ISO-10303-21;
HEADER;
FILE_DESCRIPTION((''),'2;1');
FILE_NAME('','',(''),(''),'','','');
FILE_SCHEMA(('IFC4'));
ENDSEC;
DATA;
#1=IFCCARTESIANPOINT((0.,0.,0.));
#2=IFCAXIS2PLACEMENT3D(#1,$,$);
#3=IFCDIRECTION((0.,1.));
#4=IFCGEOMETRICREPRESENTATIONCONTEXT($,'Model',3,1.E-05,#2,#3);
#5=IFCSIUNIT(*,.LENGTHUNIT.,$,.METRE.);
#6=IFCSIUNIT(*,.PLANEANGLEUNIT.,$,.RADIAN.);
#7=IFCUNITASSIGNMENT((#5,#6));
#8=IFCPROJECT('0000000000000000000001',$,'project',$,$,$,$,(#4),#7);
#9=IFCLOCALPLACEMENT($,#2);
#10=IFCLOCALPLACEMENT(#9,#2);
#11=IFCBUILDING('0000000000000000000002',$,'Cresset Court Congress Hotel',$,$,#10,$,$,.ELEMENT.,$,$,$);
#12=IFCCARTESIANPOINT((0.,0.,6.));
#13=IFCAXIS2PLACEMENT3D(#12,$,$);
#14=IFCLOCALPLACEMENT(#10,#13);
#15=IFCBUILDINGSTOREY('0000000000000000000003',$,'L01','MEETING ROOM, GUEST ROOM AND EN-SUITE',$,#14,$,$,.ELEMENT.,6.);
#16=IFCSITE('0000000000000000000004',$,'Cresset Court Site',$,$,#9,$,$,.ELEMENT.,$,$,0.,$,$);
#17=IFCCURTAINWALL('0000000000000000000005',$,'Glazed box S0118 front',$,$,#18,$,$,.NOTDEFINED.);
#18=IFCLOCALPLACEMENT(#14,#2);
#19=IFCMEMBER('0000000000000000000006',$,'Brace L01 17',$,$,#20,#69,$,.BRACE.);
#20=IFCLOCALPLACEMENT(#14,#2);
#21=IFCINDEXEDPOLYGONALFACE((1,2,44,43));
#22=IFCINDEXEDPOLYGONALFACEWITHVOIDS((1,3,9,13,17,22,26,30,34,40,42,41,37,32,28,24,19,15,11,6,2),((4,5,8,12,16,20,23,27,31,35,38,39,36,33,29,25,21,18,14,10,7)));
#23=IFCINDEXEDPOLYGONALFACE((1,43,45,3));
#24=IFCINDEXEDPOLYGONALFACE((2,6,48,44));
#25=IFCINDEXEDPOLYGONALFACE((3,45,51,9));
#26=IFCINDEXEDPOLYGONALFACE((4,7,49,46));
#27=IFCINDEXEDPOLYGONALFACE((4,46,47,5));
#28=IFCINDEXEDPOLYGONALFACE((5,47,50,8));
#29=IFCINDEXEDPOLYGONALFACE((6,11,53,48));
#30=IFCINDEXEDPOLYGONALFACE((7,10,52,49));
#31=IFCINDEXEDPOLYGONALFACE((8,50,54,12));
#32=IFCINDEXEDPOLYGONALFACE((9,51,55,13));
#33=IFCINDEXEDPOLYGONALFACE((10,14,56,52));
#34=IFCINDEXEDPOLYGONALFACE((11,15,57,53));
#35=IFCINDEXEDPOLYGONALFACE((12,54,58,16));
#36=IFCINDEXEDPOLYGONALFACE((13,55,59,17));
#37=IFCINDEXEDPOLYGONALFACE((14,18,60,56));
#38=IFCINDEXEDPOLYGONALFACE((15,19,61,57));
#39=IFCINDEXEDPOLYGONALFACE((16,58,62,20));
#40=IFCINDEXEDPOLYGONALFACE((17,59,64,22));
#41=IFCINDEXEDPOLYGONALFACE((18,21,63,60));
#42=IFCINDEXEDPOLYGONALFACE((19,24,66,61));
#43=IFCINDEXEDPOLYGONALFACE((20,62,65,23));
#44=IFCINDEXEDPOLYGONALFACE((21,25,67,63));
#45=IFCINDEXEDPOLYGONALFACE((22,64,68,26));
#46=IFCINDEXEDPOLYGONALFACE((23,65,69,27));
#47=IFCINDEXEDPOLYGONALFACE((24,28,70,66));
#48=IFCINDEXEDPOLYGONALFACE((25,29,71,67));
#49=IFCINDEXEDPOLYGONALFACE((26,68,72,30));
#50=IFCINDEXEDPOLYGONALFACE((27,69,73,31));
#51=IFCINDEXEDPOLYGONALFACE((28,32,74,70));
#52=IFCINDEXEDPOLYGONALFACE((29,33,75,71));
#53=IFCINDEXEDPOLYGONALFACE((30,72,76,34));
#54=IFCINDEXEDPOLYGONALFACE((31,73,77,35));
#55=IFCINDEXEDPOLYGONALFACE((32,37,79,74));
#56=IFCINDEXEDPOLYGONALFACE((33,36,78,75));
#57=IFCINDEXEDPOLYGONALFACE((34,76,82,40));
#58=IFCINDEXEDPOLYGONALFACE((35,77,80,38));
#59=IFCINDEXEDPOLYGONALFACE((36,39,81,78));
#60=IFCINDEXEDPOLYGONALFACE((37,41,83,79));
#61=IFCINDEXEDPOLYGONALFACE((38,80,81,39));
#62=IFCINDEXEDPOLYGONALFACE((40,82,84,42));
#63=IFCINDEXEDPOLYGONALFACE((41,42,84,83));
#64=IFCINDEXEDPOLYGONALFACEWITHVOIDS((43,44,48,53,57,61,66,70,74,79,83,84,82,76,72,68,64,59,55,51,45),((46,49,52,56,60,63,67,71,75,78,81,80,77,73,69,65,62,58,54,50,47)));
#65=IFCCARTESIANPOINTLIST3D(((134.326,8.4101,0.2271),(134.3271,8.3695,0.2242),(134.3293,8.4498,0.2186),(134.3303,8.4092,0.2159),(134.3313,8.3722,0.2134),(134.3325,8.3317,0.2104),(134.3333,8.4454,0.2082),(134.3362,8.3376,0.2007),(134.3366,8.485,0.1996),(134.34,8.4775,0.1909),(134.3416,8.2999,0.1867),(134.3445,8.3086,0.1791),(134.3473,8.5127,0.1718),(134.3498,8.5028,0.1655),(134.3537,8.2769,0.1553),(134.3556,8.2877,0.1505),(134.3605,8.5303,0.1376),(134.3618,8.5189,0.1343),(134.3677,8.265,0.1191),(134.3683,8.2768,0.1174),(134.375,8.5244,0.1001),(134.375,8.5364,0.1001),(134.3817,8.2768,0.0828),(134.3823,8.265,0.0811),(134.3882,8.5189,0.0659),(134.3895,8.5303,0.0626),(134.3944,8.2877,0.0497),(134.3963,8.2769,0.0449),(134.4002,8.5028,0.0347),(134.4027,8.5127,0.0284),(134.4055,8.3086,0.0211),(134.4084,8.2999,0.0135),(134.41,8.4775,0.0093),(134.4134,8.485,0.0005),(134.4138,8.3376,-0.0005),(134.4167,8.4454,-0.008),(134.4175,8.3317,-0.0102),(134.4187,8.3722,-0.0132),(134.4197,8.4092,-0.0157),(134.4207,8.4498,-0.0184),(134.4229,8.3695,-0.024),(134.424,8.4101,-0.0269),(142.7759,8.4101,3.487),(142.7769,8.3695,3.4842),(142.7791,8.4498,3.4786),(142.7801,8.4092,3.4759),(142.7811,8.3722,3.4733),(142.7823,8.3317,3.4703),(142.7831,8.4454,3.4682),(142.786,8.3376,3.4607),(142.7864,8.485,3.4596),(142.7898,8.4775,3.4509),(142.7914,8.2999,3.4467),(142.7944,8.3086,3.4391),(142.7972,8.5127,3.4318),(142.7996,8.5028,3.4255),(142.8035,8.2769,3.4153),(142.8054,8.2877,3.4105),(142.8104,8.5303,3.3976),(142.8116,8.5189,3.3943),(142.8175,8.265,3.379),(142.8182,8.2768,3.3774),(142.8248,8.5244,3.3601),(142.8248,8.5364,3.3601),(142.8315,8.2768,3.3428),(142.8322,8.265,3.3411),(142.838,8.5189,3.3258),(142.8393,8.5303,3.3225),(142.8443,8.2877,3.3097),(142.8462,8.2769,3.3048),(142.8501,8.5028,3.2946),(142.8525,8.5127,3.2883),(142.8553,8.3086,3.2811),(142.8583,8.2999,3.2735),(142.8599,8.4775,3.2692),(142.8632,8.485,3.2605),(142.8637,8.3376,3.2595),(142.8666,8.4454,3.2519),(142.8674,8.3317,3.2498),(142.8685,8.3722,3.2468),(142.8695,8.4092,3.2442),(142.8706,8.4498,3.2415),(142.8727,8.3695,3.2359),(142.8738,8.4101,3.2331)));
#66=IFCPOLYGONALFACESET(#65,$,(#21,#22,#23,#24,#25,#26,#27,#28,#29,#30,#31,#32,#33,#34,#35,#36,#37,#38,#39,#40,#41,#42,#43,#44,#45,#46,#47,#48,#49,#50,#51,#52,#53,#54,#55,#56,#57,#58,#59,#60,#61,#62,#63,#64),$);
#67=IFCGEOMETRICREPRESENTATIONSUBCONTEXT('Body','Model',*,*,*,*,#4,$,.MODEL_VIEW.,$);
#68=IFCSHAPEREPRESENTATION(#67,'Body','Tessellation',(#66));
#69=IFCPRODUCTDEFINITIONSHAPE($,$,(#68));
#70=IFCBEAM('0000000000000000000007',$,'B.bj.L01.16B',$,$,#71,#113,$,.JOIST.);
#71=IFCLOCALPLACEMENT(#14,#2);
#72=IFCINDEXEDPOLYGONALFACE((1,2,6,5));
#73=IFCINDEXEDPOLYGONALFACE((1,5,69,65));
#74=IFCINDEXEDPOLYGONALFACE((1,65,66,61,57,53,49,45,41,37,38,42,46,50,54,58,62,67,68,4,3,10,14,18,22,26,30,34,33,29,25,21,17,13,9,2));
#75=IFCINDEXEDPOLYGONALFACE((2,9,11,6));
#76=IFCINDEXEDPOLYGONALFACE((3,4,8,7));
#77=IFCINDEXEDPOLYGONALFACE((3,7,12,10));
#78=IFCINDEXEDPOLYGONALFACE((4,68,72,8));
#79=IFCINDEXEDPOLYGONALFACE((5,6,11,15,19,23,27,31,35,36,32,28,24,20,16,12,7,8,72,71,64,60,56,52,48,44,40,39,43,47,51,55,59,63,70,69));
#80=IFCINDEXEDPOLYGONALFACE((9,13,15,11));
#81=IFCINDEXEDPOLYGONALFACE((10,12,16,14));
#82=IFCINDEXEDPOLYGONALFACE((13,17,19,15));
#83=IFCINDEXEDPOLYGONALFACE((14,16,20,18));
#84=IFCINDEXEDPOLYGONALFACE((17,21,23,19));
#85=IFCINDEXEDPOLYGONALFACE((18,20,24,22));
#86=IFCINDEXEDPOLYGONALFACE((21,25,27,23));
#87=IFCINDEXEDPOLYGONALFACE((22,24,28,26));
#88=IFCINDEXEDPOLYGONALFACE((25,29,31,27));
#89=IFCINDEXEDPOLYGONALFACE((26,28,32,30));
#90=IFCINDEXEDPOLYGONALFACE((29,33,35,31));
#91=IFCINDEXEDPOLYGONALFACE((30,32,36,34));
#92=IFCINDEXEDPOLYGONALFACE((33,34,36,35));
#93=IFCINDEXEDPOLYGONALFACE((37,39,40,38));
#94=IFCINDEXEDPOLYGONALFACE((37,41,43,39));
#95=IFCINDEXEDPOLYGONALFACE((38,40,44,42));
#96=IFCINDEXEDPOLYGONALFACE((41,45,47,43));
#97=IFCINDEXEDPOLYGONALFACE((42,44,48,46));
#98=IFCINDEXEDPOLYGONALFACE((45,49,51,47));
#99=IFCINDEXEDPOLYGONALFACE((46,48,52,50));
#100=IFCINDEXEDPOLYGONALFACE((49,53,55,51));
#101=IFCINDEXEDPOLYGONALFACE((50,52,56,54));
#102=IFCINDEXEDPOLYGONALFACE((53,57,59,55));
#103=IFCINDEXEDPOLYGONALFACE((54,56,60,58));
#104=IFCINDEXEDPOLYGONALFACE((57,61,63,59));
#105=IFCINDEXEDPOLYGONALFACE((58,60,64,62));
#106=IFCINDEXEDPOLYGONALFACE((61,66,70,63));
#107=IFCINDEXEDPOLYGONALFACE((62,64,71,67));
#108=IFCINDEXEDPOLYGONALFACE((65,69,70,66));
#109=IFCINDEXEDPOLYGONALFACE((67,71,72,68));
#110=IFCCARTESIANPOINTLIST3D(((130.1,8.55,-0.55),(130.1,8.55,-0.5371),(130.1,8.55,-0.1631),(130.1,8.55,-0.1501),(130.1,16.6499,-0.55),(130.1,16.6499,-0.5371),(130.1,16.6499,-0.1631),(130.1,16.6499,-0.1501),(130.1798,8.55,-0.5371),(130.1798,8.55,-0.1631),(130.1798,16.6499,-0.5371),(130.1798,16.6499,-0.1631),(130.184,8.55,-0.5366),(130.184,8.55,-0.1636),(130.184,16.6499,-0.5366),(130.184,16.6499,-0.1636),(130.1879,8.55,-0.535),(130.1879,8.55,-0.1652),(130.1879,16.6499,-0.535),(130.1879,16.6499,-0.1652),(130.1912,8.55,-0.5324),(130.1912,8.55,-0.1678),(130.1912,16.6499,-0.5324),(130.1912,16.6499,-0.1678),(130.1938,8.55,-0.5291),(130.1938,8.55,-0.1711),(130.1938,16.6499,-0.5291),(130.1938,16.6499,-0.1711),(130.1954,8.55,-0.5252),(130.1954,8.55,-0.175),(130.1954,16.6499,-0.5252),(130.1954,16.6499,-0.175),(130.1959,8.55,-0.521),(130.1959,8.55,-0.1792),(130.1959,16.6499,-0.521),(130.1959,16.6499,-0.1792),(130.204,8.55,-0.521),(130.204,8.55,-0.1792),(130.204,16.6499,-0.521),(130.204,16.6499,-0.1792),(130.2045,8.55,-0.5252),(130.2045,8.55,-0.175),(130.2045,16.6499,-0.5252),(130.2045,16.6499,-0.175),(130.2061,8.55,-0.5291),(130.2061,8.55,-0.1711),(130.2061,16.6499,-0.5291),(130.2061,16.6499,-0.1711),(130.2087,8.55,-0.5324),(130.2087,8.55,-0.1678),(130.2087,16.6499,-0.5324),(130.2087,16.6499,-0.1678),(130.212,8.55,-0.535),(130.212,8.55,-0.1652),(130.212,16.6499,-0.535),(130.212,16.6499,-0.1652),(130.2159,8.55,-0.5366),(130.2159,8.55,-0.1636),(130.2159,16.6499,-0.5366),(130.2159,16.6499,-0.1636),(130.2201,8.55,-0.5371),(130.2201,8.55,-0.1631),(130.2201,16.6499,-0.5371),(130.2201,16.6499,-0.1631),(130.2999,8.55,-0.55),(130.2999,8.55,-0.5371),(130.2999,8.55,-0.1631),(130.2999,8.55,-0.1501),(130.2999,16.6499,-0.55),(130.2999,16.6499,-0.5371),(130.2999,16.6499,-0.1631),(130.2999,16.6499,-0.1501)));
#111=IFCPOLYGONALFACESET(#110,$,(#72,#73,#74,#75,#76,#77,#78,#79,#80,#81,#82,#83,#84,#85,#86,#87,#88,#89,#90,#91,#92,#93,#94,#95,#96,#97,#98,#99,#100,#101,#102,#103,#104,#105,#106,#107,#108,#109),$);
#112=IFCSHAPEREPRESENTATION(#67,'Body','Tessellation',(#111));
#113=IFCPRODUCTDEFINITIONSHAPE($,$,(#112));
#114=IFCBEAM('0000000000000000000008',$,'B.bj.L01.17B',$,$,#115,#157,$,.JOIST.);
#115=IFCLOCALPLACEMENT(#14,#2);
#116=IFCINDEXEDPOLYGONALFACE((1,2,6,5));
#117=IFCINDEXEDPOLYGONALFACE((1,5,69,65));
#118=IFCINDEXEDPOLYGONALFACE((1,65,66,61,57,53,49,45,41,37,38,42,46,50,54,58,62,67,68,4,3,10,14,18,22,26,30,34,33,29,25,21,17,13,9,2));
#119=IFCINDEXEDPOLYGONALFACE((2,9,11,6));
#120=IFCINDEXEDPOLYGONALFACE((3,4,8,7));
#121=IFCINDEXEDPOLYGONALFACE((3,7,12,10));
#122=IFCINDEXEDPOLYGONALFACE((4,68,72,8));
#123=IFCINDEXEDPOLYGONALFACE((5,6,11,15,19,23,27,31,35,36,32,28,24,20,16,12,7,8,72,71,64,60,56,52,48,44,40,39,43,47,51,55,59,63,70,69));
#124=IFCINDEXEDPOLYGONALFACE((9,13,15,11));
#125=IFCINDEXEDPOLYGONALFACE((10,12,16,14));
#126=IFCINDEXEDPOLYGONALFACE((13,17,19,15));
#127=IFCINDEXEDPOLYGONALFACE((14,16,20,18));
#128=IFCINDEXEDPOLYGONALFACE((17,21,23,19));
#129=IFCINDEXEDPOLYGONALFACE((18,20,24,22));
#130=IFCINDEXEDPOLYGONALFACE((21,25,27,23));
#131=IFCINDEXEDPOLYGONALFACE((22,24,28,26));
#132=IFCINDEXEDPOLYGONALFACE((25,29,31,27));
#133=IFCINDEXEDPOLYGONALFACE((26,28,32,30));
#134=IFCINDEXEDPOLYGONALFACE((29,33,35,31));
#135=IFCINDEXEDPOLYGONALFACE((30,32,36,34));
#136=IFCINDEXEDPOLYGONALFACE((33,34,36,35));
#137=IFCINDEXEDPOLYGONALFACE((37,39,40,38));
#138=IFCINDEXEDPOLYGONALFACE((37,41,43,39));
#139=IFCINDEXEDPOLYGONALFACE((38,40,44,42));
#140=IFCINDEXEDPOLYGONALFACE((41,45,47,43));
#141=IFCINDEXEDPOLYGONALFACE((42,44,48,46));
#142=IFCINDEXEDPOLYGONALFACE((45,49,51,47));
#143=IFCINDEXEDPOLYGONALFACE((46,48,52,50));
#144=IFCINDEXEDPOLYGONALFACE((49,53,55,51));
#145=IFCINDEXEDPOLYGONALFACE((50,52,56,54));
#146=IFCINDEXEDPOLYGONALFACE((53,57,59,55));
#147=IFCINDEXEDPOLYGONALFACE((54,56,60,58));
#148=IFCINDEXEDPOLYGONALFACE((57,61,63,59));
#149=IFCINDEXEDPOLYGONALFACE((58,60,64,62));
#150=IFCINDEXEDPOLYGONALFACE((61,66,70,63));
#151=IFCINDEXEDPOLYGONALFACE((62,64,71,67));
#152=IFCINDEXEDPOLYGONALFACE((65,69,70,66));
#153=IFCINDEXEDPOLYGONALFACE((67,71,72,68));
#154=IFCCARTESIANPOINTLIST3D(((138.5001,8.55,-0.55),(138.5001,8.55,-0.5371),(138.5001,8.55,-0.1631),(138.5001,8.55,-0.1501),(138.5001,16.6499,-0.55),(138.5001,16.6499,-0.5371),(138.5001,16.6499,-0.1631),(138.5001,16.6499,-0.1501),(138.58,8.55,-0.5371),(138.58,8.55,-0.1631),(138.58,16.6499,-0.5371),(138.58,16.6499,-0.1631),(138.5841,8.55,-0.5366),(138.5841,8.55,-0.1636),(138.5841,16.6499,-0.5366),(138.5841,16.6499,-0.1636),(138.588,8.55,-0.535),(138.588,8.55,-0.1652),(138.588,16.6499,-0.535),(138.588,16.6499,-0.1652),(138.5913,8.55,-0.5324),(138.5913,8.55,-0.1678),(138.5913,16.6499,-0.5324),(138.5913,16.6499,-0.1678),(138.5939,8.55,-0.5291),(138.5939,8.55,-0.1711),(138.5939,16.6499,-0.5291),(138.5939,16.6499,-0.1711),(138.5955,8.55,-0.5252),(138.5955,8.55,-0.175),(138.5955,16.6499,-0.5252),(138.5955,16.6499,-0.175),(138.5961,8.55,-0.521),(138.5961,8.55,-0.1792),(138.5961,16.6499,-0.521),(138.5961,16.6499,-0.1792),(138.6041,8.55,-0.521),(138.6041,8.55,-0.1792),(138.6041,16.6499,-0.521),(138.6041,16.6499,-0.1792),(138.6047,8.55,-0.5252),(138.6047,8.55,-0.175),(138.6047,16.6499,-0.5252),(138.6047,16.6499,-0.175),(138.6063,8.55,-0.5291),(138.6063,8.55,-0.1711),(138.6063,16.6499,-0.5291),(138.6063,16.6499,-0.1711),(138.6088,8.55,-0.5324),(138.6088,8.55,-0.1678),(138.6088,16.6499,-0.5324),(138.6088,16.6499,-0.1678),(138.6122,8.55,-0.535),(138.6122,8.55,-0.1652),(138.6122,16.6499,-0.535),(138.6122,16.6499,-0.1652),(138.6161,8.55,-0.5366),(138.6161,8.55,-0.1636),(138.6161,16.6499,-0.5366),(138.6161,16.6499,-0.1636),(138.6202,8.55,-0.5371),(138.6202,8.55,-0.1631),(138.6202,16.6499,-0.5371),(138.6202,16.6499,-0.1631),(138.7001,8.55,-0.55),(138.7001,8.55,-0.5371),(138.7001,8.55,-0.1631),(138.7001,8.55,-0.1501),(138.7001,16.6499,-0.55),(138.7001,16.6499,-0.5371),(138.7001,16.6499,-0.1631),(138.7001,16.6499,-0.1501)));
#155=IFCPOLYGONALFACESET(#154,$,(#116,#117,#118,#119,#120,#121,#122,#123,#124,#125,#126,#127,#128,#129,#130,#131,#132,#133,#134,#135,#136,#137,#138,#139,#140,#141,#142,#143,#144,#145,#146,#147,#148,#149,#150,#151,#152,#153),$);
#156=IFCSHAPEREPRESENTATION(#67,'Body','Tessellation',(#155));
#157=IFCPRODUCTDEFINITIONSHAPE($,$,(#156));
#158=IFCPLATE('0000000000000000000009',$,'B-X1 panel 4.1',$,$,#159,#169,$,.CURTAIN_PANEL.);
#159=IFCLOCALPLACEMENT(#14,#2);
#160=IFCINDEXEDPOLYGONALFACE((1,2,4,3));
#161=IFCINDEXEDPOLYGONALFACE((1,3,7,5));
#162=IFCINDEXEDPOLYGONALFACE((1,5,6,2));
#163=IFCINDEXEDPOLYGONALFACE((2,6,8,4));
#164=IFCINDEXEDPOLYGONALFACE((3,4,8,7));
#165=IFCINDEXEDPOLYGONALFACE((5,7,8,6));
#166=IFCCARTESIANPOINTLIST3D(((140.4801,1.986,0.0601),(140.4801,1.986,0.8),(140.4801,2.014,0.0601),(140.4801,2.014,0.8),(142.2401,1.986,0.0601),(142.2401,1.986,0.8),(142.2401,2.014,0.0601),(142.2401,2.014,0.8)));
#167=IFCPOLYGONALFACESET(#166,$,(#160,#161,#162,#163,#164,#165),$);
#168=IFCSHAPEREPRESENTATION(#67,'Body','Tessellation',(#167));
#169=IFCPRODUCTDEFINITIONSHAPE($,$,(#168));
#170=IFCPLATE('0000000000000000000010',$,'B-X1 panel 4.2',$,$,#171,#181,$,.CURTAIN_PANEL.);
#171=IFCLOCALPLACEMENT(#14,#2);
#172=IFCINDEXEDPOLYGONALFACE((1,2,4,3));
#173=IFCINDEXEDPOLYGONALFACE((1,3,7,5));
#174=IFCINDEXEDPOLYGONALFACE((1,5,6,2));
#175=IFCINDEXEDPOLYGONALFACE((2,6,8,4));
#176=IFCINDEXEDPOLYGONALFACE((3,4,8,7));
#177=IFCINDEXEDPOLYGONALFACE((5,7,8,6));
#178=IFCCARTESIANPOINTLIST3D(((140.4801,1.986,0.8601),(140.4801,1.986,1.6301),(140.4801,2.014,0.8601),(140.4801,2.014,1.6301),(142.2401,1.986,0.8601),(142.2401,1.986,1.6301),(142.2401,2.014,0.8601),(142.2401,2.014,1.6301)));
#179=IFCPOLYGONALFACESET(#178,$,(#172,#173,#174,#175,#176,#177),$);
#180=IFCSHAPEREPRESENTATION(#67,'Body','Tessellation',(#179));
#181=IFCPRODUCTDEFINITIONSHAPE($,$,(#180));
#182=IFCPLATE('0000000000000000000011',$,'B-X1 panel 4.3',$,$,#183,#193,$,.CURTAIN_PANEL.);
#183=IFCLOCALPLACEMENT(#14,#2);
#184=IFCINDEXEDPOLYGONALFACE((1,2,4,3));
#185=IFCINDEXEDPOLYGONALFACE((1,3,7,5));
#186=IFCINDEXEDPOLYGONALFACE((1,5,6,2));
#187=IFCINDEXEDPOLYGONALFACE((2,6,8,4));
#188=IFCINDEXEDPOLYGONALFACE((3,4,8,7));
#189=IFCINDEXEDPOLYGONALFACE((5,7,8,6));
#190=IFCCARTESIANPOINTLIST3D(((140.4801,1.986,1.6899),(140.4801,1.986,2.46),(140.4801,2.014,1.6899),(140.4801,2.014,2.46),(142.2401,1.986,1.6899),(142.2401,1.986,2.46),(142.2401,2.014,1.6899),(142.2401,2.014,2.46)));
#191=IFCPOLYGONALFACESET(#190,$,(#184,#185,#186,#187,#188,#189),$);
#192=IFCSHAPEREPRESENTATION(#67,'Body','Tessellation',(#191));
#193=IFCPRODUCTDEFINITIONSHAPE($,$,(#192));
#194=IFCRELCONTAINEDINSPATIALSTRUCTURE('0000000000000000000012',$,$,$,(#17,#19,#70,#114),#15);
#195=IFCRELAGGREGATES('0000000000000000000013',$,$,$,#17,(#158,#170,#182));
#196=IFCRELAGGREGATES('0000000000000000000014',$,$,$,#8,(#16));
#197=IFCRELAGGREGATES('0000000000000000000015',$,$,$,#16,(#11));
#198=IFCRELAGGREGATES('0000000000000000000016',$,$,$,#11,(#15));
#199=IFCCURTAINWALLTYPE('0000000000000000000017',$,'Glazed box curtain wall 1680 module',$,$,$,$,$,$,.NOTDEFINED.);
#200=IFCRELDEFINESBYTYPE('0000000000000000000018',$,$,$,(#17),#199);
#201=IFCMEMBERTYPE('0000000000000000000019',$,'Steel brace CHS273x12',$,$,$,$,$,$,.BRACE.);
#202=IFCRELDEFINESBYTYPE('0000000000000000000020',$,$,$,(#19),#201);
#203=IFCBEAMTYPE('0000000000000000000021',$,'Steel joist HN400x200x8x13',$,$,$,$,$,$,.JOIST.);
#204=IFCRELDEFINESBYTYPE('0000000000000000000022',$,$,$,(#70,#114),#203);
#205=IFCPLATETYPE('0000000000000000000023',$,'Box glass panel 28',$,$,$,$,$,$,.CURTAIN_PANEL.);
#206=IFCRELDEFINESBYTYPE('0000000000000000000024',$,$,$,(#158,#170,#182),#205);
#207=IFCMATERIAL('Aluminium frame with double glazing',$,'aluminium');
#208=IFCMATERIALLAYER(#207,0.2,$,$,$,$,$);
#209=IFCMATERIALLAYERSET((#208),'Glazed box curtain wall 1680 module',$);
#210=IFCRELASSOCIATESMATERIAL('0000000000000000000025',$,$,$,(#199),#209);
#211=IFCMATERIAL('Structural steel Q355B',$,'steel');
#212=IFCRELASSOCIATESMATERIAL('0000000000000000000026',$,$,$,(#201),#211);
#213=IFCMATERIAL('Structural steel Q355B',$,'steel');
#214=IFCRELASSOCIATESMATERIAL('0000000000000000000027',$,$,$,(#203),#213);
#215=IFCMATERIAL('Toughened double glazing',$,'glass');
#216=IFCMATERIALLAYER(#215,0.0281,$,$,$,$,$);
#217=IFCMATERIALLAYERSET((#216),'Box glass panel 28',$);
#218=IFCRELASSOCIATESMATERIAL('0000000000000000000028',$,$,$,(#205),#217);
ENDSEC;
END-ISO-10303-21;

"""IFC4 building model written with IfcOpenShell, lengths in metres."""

from ifc_helpers import new_model, si_unit, direction, frame, origin, origin_2d, place, context, subcontext, project, spatial, rectangle, hollow_circle, i_section, extrude, material, layer, layer_set, material_profile, profile_set, type_object, element, aggregate, save


model = new_model("IFC4")

# Units and contexts
model_context = context("Model", 3, precision=1e-05, world=origin(), true_north=direction((0.0, 1.0)))
body_context = subcontext(model_context, "Body", "Model", "MODEL_VIEW")
ifc_project = project(units=[si_unit("LENGTHUNIT", "METRE"), si_unit("PLANEANGLEUNIT", "RADIAN")], contexts=[model_context])

# Site, building, storey
site_placement = place(None, origin())
site = spatial("IfcSite", under=ifc_project, at=site_placement, Name="Cresset Court Site", CompositionType="ELEMENT", RefElevation=0.0)
building_placement = place(site_placement, origin())
building = spatial("IfcBuilding", under=site, at=building_placement, Name="Cresset Court Congress Hotel", CompositionType="ELEMENT")
storey_placement = place(building_placement, frame((0.0, 0.0, 6.0)))
storey = spatial("IfcBuildingStorey", under=building, at=storey_placement, Name="L01", Description="MEETING ROOM, GUEST ROOM AND EN-SUITE", CompositionType="ELEMENT", Elevation=6.0)

# Curtain wall
ifc_material_1 = material(Name="Aluminium frame with double glazing", Category="aluminium")
ifc_layer_1 = layer(ifc_material_1, 0.2)
ifc_layer_set_1 = layer_set([ifc_layer_1], Name="Glazed box curtain wall 1680 module")
curtain_wall_type = type_object("IfcCurtainWallType", Name="Glazed box curtain wall 1680 module", PredefinedType="NOTDEFINED", material=ifc_layer_set_1)
curtain_wall_placement = place(storey_placement, origin())
curtain_wall = element("IfcCurtainWall", 1, at=curtain_wall_placement, inside=storey, type_object=curtain_wall_type, Name="Glazed box S0118 front", PredefinedType="NOTDEFINED")

# Member
ifc_material_2 = material(Name="Structural steel Q355B", Category="steel")
ifc_material_profile_1 = material_profile(ifc_material_2, hollow_circle(Radius=0.1365, WallThickness=0.012, at=origin_2d()), Name="CHS273x12")
ifc_profile_set_1 = profile_set([ifc_material_profile_1], Name="Structural steel Q355B")
member_type_1 = type_object("IfcMemberType", Name="Steel brace CHS273x12", PredefinedType="BRACE", material=ifc_profile_set_1)
member_1_placement = place(storey_placement, frame((134.375, 8.3999, 0.1001), z_axis=(0.932974, 0.0, 0.359943), x_axis=(0.0, 1.0, 0.0)))
element("IfcMember", 2, at=member_1_placement, inside=storey, type_object=member_type_1, Name="Brace L01 17", PredefinedType="BRACE", context=body_context, shape_type="SweptSolid", body=[
    extrude(hollow_circle(Radius=0.1365, WallThickness=0.012, at=origin_2d()), origin(), (0.0, 0.0, 1.0), 9.0569),
])

# Beams
ifc_material_3 = material(Name="Structural steel Q355B", Category="steel")
ifc_material_profile_2 = material_profile(ifc_material_3, i_section(OverallWidth=0.2, OverallDepth=0.3999, WebThickness=0.0081, FlangeThickness=0.0129, FilletRadius=0.0161, at=origin_2d()), Name="HN400x200x8x13")
ifc_profile_set_2 = profile_set([ifc_material_profile_2], Name="Structural steel Q355B")
beam_type_1 = type_object("IfcBeamType", Name="Steel joist HN400x200x8x13", PredefinedType="JOIST", material=ifc_profile_set_2)
for number, where, z_axis, x_axis, name in (
    (3, (130.2, 8.55, -0.3501), (0.0, 1.0, 0.0), (-1.0, 0.0, 0.0), "B.bj.L01.16B"),
    (4, (138.6001, 8.55, -0.3501), (0.0, 1.0, 0.0), (-1.0, 0.0, 0.0), "B.bj.L01.17B"),
):
    element("IfcBeam", number, at=place(storey_placement, frame(where, z_axis=z_axis, x_axis=x_axis)), inside=storey, type_object=beam_type_1, Name=name, PredefinedType="JOIST", context=body_context, shape_type="SweptSolid", body=[
        extrude(i_section(OverallWidth=0.2, OverallDepth=0.3999, WebThickness=0.0081, FlangeThickness=0.0129, FilletRadius=0.0161, at=origin_2d()), origin(), (0.0, 0.0, 1.0), 8.0999),
    ])

# Plates
ifc_material_4 = material(Name="Toughened double glazing", Category="glass")
ifc_layer_2 = layer(ifc_material_4, 0.0281)
ifc_layer_set_2 = layer_set([ifc_layer_2], Name="Box glass panel 28")
plate_type_1 = type_object("IfcPlateType", Name="Box glass panel 28", PredefinedType="CURTAIN_PANEL", material=ifc_layer_set_2)
plate_1_placement = place(storey_placement, frame((141.3601, 2.0, 0.0601), z_axis=(0.0, 0.0, 1.0), x_axis=(1.0, 0.0, 0.0)))
plate_1 = element("IfcPlate", 5, at=plate_1_placement, type_object=plate_type_1, Name="B-X1 panel 4.1", PredefinedType="CURTAIN_PANEL", context=body_context, shape_type="SweptSolid", body=[
    extrude(rectangle(XDim=1.76, YDim=0.0281, at=origin_2d()), origin(), (0.0, 0.0, 1.0), 0.74),
])
plate_2_placement = place(storey_placement, frame((141.3601, 2.0, 0.8601), z_axis=(0.0, 0.0, 1.0), x_axis=(1.0, 0.0, 0.0)))
plate_2 = element("IfcPlate", 6, at=plate_2_placement, type_object=plate_type_1, Name="B-X1 panel 4.2", PredefinedType="CURTAIN_PANEL", context=body_context, shape_type="SweptSolid", body=[
    extrude(rectangle(XDim=1.76, YDim=0.0281, at=origin_2d()), origin(), (0.0, 0.0, 1.0), 0.77),
])
plate_3_placement = place(storey_placement, frame((141.3601, 2.0, 1.6899), z_axis=(0.0, 0.0, 1.0), x_axis=(1.0, 0.0, 0.0)))
plate_3 = element("IfcPlate", 7, at=plate_3_placement, type_object=plate_type_1, Name="B-X1 panel 4.3", PredefinedType="CURTAIN_PANEL", context=body_context, shape_type="SweptSolid", body=[
    extrude(rectangle(XDim=1.76, YDim=0.0281, at=origin_2d()), origin(), (0.0, 0.0, 1.0), 0.77),
])
aggregate(curtain_wall, [plate_1, plate_2, plate_3])

save(model, "model.ifc")
